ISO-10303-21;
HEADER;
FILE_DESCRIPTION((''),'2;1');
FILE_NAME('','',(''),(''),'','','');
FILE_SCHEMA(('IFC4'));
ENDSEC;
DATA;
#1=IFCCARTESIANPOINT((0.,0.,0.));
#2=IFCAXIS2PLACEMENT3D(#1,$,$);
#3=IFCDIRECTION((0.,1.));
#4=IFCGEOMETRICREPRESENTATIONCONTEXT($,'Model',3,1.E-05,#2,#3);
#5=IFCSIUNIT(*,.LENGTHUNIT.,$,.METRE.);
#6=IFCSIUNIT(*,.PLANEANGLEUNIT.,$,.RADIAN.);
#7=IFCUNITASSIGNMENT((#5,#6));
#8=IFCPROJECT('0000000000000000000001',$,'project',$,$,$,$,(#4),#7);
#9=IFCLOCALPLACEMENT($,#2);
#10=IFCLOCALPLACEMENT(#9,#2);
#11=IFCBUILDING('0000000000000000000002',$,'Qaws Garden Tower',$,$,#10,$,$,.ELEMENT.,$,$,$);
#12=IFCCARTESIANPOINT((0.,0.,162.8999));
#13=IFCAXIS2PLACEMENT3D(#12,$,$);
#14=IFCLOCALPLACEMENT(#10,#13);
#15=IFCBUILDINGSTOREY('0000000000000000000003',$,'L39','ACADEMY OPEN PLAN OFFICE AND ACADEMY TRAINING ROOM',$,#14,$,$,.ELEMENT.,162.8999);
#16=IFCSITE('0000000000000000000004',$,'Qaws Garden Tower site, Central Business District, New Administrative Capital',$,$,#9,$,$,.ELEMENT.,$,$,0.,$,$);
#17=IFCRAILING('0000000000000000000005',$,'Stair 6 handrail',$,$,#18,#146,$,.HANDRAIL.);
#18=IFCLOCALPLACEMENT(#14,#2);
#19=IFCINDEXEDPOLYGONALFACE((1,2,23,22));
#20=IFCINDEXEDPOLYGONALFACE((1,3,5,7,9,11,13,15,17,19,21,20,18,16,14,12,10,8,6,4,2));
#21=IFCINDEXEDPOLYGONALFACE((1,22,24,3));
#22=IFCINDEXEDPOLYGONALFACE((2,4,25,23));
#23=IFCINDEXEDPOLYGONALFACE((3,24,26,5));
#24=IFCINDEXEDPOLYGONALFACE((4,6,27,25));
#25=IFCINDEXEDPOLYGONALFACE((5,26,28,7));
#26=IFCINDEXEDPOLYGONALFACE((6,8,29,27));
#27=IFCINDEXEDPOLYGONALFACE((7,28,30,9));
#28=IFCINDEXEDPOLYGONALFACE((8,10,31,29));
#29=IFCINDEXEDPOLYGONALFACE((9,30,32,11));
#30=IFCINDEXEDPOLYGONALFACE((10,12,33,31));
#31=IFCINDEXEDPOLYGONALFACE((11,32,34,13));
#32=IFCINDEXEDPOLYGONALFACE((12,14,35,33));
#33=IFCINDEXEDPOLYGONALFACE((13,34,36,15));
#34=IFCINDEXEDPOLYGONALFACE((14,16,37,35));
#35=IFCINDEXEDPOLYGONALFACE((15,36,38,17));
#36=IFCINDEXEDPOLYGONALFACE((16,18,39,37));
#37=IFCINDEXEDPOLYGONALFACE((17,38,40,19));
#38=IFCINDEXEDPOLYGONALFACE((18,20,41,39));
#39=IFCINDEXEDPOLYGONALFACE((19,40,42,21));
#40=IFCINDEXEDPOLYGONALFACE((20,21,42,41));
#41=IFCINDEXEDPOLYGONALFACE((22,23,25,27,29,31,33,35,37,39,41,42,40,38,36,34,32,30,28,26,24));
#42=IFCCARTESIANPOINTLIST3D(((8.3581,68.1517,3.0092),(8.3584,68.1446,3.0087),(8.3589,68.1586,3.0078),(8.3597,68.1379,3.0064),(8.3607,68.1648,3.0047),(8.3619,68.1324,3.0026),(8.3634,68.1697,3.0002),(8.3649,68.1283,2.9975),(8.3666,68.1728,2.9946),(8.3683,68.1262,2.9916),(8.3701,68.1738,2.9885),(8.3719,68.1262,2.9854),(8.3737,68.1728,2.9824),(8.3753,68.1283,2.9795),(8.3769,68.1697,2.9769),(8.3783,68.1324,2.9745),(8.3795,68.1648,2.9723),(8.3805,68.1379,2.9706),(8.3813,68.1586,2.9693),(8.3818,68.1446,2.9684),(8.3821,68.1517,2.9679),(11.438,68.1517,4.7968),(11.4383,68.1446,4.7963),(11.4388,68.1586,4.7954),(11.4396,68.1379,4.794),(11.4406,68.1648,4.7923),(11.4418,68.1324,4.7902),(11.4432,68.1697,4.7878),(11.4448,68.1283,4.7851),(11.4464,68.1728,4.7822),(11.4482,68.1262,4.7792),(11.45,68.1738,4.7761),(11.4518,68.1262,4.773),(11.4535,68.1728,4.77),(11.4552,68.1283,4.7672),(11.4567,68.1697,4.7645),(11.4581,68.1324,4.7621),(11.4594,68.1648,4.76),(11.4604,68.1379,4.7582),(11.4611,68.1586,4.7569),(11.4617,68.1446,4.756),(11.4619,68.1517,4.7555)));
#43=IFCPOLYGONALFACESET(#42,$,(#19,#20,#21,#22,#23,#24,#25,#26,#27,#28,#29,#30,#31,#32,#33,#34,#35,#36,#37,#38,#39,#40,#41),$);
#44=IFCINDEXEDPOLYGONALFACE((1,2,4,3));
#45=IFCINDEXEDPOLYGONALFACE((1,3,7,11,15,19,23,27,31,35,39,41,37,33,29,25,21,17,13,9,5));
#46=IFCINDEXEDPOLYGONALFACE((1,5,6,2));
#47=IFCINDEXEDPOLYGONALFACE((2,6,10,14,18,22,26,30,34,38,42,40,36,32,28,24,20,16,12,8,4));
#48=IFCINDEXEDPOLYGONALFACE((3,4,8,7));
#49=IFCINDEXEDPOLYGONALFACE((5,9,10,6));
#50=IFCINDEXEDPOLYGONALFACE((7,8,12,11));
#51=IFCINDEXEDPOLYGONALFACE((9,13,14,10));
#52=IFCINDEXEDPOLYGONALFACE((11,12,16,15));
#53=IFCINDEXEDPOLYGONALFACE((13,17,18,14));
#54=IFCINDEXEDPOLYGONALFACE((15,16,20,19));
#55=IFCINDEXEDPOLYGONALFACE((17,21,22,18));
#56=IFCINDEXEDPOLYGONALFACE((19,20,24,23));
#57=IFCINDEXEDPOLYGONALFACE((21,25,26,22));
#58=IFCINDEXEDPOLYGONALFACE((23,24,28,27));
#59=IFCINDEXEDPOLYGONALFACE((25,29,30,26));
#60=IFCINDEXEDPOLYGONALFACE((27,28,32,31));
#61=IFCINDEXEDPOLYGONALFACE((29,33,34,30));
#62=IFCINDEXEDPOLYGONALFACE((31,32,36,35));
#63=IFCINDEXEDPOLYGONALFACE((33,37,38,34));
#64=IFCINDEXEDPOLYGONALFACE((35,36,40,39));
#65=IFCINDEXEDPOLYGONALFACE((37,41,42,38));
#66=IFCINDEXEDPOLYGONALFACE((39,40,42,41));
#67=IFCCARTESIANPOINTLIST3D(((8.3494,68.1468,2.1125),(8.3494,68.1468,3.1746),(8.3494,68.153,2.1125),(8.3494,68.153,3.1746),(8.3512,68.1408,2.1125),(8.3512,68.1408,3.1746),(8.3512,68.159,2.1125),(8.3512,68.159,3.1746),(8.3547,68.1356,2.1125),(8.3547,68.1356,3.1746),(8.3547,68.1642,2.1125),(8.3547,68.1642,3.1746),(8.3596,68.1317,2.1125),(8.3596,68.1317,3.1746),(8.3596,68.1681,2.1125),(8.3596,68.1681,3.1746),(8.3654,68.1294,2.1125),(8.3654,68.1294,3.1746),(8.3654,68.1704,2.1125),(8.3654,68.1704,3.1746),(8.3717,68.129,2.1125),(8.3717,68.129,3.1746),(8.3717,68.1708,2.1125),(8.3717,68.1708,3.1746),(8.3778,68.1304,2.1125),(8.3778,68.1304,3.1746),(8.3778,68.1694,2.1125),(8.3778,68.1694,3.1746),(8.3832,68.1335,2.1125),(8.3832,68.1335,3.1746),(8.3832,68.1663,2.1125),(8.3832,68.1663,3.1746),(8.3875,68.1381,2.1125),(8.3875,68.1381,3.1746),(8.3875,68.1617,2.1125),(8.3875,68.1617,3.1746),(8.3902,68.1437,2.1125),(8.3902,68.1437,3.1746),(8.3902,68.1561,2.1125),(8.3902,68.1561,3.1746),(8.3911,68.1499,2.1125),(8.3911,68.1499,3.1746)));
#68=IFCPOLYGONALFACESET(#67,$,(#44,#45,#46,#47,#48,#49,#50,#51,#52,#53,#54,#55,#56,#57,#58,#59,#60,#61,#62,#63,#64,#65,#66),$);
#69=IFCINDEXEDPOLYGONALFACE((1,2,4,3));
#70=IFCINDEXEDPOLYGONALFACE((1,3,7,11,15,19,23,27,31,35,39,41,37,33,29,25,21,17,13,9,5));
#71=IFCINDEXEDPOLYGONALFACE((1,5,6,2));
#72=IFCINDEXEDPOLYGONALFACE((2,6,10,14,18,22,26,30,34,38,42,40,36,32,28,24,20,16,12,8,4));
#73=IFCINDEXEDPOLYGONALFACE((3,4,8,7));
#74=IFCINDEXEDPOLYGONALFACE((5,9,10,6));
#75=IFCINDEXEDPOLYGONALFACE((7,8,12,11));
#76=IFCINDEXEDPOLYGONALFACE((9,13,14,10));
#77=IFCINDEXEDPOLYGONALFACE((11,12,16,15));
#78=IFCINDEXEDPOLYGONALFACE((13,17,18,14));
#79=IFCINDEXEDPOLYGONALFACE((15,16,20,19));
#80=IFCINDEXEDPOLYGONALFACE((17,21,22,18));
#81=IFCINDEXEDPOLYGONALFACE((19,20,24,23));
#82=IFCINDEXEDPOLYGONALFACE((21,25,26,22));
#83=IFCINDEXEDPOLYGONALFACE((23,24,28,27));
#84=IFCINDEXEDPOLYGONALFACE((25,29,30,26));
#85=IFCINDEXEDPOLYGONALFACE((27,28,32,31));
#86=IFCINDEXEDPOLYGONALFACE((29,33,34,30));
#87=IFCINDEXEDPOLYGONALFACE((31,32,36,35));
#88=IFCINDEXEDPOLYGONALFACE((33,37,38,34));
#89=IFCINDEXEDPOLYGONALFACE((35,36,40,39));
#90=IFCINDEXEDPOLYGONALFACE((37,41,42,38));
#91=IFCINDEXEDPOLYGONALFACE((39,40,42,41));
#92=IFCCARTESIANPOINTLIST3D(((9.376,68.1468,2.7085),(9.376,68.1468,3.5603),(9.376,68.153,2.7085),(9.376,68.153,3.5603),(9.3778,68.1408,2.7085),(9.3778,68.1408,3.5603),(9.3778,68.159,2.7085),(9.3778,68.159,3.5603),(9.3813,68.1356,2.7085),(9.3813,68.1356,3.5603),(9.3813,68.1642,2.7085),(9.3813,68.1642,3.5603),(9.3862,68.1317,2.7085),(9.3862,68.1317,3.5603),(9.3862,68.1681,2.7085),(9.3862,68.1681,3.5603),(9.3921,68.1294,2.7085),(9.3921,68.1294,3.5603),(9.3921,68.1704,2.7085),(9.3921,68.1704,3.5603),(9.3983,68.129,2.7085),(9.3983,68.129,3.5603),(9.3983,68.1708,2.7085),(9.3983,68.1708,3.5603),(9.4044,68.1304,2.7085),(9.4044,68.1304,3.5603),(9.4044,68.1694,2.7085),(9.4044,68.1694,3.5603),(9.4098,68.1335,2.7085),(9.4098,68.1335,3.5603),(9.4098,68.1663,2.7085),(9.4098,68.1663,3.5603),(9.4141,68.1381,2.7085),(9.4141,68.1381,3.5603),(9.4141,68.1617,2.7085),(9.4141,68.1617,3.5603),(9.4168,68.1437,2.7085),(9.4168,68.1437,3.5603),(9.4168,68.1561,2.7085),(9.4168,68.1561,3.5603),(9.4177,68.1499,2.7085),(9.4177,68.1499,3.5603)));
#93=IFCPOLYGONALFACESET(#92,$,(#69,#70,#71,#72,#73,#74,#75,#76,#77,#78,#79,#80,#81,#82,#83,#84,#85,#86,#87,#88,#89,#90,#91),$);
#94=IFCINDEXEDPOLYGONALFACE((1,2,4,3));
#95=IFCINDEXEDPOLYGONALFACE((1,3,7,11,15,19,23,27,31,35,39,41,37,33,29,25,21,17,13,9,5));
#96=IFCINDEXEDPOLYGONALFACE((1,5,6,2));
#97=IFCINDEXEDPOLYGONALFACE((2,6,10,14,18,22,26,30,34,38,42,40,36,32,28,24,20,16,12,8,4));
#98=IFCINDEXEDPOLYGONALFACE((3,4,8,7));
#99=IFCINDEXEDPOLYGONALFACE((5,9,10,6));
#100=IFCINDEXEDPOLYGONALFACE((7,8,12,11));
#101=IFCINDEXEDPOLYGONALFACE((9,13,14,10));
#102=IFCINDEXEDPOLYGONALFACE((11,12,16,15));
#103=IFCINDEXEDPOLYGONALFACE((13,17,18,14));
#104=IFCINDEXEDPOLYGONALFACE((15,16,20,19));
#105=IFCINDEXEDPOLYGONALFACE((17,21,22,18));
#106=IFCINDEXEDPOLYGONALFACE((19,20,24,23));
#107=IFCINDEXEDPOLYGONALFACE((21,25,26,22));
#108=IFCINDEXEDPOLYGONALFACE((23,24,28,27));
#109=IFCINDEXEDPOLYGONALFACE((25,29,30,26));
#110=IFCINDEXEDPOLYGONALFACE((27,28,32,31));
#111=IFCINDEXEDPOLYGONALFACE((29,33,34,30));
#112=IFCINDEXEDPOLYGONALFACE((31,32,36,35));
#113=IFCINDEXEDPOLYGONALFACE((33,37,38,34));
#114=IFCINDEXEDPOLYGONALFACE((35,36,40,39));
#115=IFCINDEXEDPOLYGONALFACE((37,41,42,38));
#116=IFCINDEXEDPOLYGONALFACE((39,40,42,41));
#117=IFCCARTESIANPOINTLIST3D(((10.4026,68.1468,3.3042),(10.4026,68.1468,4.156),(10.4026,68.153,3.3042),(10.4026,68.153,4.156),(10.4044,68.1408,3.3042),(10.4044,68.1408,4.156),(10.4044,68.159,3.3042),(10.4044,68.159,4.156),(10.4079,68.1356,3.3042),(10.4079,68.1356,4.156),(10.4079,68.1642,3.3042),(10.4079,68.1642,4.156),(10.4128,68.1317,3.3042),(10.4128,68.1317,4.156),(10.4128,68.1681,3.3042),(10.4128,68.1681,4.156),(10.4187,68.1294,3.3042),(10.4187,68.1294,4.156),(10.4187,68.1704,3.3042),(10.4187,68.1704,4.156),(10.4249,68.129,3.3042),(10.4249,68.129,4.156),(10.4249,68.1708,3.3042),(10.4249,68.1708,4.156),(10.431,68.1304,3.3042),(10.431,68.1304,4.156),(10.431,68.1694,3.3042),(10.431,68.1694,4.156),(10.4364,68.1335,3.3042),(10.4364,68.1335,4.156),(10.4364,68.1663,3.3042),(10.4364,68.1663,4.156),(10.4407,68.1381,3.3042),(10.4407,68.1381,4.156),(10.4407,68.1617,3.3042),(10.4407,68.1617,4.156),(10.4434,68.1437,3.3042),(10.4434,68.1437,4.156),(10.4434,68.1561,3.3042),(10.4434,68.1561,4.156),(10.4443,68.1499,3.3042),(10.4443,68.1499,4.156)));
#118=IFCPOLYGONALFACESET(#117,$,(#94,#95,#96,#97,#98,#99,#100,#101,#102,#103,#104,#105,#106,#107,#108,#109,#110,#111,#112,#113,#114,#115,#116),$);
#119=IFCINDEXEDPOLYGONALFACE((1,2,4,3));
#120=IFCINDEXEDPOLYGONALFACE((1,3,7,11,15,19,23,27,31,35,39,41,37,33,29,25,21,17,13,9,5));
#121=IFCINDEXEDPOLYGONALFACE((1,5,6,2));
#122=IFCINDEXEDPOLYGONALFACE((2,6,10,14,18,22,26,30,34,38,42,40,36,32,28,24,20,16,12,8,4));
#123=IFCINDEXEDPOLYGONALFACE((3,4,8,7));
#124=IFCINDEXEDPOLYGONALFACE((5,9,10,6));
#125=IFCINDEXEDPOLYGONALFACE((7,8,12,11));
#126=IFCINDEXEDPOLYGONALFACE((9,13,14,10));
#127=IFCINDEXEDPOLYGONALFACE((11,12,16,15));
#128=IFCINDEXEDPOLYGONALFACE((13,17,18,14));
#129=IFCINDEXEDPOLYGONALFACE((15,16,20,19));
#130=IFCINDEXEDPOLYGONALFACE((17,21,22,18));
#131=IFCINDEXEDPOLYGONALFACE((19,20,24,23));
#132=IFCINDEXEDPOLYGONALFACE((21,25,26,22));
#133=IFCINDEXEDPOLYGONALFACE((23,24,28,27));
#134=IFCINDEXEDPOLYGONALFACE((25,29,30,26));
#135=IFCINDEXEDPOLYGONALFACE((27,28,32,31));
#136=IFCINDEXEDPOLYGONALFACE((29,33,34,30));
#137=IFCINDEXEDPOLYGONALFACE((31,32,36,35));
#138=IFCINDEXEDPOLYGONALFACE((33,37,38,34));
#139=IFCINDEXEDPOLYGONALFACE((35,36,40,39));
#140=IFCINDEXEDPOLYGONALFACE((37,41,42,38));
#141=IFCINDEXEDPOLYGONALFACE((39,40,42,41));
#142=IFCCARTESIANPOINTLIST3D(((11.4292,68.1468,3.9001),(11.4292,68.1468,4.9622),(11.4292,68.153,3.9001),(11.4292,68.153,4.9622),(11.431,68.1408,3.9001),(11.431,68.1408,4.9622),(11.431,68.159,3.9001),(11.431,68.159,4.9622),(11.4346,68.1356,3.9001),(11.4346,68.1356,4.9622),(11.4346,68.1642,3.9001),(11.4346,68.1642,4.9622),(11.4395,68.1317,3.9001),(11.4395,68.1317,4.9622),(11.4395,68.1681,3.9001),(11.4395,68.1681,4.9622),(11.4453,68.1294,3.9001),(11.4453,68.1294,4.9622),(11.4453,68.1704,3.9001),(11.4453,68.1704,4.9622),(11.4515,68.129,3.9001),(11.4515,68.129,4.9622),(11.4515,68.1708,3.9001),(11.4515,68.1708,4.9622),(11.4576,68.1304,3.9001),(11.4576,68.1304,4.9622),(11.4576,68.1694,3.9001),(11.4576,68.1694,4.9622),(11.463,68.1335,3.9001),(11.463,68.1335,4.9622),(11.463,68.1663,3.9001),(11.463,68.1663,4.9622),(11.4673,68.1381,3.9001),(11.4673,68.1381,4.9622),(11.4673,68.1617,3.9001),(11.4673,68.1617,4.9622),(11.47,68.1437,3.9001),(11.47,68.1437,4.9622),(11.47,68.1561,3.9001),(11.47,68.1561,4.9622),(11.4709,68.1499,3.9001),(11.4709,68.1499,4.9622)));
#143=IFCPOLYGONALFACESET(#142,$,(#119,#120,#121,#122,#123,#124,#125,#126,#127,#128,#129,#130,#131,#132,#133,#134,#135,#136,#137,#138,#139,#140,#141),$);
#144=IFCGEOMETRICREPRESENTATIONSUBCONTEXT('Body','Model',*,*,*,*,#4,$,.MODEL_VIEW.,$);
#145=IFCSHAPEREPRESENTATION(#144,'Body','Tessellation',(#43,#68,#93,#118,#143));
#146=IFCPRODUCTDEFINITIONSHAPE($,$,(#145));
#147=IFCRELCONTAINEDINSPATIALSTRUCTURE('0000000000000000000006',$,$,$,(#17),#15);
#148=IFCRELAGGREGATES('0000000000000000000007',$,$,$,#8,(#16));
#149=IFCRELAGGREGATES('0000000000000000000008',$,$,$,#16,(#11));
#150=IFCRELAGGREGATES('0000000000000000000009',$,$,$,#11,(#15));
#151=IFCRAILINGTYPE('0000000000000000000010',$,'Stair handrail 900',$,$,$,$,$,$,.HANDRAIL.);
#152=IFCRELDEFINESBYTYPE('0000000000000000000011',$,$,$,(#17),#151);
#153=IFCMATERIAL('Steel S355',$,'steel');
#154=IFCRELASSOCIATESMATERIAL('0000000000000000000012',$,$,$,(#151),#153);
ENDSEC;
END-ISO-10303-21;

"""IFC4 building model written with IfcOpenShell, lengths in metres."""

from ifc_helpers import new_model, si_unit, direction, frame, origin, origin_2d, place, context, subcontext, project, spatial, circle, extrude, material, type_object, element, save


model = new_model("IFC4")

# Units and contexts
model_context = context("Model", 3, precision=1e-05, world=origin(), true_north=direction((0.0, 1.0)))
body_context = subcontext(model_context, "Body", "Model", "MODEL_VIEW")
ifc_project = project(units=[si_unit("LENGTHUNIT", "METRE"), si_unit("PLANEANGLEUNIT", "RADIAN")], contexts=[model_context])

# Site, building, storey
site_placement = place(None, origin())
site = spatial("IfcSite", under=ifc_project, at=site_placement, Name="Qaws Garden Tower site, Central Business District, New Administrative Capital", CompositionType="ELEMENT", RefElevation=0.0)
building_placement = place(site_placement, origin())
building = spatial("IfcBuilding", under=site, at=building_placement, Name="Qaws Garden Tower", CompositionType="ELEMENT")
storey_placement = place(building_placement, frame((0.0, 0.0, 162.8999)))
storey = spatial("IfcBuildingStorey", under=building, at=storey_placement, Name="L39", Description="ACADEMY OPEN PLAN OFFICE AND ACADEMY TRAINING ROOM", CompositionType="ELEMENT", Elevation=162.8999)

# Railing
ifc_material_1 = material(Name="Steel S355", Category="steel")
railing_type = type_object("IfcRailingType", Name="Stair handrail 900", PredefinedType="HANDRAIL", material=ifc_material_1)
railing_1_placement = place(storey_placement, frame((8.3701, 68.1499, 2.1125)))
element("IfcRailing", 1, at=railing_1_placement, inside=storey, type_object=railing_type, Name="Stair 6 handrail", PredefinedType="HANDRAIL", context=body_context, shape_type="SweptSolid", body=[
    extrude(circle(Radius=0.0239, at=origin_2d()), frame((0.0, 0.0, 0.876), z_axis=(0.864873, 0.0, 0.50199), x_axis=(0.0, 1.0, 0.0)), (0.0, 0.0, 1.0), 3.561),
    extrude(circle(Radius=0.021, at=origin_2d()), origin(), (0.0, 0.0, 1.0), 1.062),
    extrude(circle(Radius=0.021, at=origin_2d()), frame((1.0266, 0.0, 0.5959)), (0.0, 0.0, 1.0), 0.8518),
    extrude(circle(Radius=0.021, at=origin_2d()), frame((2.0532, 0.0, 1.1917)), (0.0, 0.0, 1.0), 0.8518),
    extrude(circle(Radius=0.021, at=origin_2d()), frame((3.0798, 0.0, 1.7876)), (0.0, 0.0, 1.0), 1.062),
])

save(model, "model.ifc")
